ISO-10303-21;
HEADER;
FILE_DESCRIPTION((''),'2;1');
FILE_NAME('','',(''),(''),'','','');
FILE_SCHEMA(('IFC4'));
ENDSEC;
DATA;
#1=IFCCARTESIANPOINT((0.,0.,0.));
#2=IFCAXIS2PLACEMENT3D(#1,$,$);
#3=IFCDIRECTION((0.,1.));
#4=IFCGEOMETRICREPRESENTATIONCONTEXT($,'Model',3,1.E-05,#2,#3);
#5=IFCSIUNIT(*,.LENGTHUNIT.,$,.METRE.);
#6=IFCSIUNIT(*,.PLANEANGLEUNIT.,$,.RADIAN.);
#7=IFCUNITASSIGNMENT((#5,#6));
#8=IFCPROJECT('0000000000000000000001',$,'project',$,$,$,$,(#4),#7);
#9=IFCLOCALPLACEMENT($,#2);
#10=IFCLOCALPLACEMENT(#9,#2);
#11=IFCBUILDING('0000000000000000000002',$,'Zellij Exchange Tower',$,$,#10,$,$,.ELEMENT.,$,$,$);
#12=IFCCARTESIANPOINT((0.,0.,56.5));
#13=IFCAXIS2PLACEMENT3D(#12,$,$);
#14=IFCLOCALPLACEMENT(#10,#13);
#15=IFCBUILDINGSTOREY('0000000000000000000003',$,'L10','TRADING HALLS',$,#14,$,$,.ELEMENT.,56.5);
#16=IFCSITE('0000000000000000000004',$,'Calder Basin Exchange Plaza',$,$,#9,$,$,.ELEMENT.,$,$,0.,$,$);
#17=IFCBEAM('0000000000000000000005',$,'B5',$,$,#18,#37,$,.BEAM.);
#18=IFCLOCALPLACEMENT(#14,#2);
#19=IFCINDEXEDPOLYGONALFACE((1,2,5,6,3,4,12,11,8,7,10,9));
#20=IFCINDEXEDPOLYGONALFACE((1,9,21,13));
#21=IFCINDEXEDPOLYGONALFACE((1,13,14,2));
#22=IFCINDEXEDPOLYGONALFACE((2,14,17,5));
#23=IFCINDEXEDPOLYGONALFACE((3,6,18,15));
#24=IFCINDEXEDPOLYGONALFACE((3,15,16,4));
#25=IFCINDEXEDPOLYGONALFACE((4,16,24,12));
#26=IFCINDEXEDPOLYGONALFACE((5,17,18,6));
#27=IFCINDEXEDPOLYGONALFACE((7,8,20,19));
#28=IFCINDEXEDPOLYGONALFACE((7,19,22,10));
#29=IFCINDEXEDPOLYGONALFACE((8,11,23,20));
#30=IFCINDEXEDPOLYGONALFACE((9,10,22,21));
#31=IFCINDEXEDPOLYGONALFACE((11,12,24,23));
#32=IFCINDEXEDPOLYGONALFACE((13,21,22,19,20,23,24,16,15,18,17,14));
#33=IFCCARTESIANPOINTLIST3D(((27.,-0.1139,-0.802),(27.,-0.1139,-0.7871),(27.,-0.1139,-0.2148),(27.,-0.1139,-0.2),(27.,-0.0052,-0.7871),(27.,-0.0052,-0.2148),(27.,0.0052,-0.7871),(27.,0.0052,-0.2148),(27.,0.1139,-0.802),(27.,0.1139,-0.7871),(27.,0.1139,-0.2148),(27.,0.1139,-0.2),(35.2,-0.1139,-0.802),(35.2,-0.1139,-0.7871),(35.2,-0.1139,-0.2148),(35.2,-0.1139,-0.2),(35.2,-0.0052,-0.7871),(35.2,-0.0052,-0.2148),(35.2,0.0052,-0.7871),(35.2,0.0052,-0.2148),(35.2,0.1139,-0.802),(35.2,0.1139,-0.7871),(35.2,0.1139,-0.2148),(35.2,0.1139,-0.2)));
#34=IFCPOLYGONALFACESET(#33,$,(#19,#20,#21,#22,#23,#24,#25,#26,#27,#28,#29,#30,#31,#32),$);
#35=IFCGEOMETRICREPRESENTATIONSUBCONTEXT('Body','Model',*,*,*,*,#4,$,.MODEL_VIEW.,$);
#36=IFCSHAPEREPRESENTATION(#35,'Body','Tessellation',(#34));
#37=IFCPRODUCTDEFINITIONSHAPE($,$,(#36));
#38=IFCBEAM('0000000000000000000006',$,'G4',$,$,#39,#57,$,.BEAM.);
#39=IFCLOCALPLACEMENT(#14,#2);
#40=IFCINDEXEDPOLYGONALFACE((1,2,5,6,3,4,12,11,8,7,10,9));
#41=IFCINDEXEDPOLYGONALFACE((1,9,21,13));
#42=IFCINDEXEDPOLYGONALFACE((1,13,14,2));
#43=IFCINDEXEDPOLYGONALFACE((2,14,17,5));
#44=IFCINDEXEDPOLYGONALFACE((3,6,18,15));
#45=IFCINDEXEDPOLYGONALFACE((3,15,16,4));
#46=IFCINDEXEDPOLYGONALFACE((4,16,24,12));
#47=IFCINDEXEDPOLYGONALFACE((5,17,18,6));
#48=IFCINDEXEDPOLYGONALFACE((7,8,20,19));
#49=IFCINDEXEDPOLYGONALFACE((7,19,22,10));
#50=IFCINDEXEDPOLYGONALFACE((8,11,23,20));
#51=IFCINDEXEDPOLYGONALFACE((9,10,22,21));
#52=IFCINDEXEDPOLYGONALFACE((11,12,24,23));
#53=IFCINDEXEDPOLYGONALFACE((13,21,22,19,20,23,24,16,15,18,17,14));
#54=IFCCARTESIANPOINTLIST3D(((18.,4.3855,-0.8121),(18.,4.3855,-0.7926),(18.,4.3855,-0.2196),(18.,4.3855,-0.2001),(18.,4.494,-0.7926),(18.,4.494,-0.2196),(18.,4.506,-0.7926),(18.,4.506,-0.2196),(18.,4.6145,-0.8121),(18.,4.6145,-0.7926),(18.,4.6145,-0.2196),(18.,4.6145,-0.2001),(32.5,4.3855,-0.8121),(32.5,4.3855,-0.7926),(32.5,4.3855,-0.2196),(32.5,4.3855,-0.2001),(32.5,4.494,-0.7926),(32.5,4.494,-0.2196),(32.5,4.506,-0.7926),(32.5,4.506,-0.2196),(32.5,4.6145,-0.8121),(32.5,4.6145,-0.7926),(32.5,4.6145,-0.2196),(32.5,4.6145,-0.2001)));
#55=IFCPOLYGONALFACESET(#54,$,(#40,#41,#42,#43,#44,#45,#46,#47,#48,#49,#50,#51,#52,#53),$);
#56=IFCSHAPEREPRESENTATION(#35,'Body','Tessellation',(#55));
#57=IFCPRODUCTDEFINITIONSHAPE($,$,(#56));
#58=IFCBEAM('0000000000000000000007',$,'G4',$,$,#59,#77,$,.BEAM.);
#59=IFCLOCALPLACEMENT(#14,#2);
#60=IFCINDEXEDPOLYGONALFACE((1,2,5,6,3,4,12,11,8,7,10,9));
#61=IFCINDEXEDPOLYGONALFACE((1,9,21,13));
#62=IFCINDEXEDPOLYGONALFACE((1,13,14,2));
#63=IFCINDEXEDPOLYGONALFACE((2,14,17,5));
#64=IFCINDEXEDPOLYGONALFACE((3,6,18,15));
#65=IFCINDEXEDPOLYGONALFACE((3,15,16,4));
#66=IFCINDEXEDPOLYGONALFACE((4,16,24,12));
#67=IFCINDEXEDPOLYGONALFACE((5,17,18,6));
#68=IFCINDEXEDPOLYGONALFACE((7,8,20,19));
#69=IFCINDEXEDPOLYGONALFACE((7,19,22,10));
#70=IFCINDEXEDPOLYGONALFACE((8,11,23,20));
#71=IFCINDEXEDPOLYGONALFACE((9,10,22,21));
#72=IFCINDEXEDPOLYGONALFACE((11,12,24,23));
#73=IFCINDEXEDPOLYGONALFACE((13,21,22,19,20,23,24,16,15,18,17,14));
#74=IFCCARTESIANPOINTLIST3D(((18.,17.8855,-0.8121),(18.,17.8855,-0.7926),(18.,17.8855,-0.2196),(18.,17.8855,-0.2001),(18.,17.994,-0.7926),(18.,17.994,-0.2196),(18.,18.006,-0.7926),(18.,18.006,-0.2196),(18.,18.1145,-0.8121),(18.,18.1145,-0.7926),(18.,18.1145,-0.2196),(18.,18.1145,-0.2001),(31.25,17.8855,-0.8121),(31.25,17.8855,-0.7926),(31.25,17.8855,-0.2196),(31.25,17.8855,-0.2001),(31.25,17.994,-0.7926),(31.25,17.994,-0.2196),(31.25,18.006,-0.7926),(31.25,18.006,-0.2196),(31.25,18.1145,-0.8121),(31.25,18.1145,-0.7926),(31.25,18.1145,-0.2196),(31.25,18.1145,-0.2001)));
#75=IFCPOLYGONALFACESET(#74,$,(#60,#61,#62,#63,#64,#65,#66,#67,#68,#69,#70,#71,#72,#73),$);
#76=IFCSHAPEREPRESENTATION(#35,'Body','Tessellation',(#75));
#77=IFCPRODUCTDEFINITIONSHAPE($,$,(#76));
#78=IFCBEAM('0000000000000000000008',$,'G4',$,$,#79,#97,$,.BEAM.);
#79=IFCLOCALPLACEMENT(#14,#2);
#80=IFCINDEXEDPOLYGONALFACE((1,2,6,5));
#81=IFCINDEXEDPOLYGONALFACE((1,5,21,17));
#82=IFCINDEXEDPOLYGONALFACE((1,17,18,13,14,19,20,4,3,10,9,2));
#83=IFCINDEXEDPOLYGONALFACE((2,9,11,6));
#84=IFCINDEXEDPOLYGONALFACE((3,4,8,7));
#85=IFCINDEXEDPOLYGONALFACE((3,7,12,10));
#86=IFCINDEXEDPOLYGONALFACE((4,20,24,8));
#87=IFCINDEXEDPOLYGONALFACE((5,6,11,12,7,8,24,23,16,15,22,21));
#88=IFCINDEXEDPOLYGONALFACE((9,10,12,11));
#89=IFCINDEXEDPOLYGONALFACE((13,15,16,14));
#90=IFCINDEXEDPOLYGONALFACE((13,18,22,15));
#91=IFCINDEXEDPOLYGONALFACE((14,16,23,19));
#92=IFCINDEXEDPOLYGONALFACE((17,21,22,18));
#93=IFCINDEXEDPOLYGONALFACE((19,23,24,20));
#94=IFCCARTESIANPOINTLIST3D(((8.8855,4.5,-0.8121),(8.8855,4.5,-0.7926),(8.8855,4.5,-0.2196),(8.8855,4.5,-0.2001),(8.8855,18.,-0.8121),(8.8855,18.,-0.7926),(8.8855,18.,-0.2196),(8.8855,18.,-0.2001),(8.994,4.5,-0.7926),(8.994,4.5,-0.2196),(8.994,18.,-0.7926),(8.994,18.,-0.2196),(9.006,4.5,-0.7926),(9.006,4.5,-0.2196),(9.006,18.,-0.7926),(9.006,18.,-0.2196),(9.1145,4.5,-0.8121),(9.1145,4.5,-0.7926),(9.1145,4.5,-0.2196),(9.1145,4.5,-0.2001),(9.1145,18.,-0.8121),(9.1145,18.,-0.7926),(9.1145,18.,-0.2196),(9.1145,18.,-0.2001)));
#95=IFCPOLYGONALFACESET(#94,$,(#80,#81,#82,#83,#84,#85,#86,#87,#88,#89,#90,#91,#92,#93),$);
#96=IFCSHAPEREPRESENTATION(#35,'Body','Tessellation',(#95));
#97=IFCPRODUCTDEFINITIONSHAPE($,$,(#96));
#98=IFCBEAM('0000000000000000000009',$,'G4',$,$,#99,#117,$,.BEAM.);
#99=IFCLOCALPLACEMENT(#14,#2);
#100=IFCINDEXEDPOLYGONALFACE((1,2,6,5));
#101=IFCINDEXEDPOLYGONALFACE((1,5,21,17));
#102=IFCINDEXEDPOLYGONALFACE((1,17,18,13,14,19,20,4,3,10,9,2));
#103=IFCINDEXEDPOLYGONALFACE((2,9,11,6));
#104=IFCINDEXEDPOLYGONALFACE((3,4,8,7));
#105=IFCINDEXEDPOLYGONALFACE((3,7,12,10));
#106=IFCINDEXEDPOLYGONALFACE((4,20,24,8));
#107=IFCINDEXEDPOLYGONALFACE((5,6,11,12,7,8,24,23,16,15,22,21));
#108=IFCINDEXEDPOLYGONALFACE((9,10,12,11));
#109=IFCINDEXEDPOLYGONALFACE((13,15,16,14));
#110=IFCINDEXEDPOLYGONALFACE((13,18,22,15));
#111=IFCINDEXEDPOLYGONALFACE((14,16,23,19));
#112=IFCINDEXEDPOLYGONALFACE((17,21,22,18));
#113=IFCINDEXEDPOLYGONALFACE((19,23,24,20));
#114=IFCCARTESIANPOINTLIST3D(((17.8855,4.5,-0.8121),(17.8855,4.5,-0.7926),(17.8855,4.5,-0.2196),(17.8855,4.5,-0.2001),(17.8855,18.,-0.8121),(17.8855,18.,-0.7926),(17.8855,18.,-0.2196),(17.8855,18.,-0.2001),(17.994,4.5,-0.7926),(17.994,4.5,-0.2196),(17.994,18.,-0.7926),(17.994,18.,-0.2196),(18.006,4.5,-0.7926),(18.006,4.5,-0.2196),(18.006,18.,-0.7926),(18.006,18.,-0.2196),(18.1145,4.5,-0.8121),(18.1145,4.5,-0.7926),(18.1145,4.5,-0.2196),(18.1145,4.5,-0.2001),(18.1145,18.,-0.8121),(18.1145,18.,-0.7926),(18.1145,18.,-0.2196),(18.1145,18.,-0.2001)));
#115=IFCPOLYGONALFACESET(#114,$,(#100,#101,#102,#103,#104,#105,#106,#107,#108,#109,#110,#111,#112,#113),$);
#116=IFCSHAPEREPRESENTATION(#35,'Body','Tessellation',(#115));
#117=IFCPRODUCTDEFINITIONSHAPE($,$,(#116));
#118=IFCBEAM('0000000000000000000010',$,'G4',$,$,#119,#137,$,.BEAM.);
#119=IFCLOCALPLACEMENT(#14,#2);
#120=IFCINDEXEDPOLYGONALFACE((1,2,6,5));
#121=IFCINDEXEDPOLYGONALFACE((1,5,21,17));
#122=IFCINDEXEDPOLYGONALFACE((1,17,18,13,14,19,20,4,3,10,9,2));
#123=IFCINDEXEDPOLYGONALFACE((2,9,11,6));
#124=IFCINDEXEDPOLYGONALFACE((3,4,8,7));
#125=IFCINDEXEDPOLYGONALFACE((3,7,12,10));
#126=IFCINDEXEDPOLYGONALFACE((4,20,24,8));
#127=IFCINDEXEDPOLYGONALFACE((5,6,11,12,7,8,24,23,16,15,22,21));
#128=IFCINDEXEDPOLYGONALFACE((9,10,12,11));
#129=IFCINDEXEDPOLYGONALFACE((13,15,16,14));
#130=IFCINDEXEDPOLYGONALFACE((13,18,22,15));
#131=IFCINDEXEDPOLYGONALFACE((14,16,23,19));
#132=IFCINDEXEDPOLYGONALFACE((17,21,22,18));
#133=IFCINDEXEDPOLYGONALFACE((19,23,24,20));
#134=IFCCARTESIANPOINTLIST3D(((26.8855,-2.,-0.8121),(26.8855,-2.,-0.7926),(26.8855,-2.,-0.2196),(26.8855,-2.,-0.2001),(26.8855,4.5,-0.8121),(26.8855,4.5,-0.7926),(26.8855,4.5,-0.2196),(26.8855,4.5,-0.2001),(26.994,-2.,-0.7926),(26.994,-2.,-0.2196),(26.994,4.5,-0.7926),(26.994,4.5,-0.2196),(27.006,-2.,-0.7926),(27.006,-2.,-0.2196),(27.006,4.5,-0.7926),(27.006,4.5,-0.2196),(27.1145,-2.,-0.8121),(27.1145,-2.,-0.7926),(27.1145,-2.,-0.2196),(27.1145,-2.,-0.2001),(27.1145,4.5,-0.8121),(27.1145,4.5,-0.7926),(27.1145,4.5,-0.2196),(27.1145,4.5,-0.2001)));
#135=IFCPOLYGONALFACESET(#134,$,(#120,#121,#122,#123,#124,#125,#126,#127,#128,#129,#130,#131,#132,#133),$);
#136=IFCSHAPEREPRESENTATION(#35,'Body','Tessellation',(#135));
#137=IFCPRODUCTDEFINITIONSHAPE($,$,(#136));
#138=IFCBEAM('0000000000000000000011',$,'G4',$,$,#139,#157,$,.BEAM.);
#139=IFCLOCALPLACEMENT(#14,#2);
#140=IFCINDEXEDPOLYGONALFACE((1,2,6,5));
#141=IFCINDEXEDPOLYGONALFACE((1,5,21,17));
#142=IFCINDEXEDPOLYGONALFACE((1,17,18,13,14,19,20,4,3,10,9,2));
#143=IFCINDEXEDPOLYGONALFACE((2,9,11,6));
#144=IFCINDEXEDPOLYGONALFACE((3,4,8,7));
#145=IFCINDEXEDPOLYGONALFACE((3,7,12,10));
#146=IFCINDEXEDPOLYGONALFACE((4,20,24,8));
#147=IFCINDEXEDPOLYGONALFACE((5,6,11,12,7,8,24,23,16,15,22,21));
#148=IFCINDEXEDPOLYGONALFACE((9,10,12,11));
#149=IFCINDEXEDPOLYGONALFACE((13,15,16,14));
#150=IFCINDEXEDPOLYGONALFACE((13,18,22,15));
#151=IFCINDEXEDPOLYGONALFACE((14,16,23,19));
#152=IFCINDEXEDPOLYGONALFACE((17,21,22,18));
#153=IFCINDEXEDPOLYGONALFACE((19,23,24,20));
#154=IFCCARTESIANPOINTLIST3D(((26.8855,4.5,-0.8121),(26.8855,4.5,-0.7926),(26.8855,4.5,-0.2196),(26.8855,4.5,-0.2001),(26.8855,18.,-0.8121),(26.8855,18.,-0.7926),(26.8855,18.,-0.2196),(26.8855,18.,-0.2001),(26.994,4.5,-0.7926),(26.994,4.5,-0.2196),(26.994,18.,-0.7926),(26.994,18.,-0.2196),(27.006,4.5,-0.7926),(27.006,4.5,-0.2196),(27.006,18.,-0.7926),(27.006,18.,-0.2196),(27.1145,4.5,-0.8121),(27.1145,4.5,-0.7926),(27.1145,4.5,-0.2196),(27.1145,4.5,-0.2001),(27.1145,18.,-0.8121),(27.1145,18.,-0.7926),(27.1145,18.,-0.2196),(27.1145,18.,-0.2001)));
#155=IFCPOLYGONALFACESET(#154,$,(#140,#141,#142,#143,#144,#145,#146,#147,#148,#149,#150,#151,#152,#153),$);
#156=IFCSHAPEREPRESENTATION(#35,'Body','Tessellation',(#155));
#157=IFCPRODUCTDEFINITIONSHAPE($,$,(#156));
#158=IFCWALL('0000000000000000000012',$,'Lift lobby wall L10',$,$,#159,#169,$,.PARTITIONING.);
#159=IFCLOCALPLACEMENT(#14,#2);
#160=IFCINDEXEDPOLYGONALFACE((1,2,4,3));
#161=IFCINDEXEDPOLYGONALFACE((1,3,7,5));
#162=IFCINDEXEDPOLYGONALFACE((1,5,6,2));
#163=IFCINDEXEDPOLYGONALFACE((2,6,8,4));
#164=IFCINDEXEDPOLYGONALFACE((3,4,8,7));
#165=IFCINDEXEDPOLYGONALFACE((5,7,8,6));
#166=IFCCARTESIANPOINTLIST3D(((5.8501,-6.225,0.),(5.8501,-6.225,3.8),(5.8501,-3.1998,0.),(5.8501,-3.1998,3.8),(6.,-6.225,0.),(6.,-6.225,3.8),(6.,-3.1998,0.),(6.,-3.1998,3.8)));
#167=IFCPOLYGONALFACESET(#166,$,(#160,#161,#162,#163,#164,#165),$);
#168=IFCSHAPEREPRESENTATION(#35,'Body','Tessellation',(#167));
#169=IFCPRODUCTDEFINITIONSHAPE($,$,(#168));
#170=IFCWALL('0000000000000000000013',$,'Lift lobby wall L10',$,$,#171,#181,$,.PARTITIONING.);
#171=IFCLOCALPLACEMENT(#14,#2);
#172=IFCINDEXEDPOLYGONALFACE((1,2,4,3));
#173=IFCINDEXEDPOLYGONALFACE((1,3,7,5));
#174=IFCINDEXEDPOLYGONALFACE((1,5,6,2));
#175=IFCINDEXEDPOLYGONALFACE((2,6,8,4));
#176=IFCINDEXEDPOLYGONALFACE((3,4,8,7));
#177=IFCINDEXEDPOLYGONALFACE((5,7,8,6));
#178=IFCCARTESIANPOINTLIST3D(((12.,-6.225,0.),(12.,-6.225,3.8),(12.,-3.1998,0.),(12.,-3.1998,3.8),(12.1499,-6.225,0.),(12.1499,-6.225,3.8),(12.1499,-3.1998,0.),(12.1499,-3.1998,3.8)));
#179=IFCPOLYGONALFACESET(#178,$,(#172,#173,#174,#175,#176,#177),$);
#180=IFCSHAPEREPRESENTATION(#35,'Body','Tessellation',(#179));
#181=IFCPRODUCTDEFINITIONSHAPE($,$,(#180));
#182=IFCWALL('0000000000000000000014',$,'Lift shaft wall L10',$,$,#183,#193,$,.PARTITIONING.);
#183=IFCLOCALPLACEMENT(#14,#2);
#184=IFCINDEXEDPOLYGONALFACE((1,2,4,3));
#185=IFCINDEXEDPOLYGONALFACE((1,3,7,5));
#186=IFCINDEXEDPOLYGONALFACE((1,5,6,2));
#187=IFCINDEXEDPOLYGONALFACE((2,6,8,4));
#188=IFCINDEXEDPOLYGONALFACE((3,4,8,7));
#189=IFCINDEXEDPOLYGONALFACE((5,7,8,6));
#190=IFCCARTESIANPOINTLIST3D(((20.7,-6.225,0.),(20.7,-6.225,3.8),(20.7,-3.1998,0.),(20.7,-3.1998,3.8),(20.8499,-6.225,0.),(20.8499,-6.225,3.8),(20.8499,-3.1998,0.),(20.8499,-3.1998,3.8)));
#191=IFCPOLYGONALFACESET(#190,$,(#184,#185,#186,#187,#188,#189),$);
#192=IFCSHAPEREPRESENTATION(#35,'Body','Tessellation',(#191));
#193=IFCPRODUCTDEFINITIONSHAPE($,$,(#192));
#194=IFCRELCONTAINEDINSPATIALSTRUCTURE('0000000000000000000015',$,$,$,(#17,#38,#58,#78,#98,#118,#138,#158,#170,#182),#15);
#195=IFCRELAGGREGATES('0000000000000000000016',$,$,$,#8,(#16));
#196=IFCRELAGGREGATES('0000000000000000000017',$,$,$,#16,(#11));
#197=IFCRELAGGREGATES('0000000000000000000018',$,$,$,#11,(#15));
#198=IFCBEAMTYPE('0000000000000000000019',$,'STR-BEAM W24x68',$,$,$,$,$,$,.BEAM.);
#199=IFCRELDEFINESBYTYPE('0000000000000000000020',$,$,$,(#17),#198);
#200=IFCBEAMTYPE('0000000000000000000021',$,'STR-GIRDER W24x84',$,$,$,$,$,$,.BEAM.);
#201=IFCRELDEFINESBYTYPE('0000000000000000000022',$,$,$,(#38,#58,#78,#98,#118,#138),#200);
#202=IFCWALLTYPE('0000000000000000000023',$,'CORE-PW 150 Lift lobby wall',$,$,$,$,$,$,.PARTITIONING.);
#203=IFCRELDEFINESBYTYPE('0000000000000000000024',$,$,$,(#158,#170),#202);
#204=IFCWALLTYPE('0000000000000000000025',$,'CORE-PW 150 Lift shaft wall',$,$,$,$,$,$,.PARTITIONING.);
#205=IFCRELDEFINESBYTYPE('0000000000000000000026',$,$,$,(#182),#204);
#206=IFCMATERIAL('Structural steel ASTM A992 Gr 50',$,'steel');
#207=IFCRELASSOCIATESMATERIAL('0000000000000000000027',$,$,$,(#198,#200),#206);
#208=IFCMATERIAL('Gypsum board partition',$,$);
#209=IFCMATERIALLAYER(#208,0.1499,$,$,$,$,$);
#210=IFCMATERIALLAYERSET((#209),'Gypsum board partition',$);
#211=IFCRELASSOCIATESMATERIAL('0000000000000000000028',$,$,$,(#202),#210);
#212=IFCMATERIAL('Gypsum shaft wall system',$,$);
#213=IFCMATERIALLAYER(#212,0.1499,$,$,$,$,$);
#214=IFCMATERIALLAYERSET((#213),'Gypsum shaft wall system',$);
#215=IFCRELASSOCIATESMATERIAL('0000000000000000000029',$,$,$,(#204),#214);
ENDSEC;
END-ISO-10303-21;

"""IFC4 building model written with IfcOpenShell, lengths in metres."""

from ifc_helpers import new_model, si_unit, direction, frame, frame_2d, origin, origin_2d, place, context, subcontext, project, spatial, rectangle, i_section, extrude, material, layer, layer_set, material_profile, profile_set, type_object, element, save


model = new_model("IFC4")

# Units and contexts
model_context = context("Model", 3, precision=1e-05, world=origin(), true_north=direction((0.0, 1.0)))
body_context = subcontext(model_context, "Body", "Model", "MODEL_VIEW")
ifc_project = project(units=[si_unit("LENGTHUNIT", "METRE"), si_unit("PLANEANGLEUNIT", "RADIAN")], contexts=[model_context])

# Site, building, storey
site_placement = place(None, origin())
site = spatial("IfcSite", under=ifc_project, at=site_placement, Name="Calder Basin Exchange Plaza", CompositionType="ELEMENT", RefElevation=0.0)
building_placement = place(site_placement, origin())
building = spatial("IfcBuilding", under=site, at=building_placement, Name="Zellij Exchange Tower", CompositionType="ELEMENT")
storey_placement = place(building_placement, frame((0.0, 0.0, 56.5)))
storey = spatial("IfcBuildingStorey", under=building, at=storey_placement, Name="L10", Description="TRADING HALLS", CompositionType="ELEMENT", Elevation=56.5)

# Beams
ifc_material_1 = material(Name="Structural steel ASTM A992 Gr 50", Category="steel")
ifc_material_profile_1 = material_profile(ifc_material_1, i_section(OverallWidth=0.2278, OverallDepth=0.6021, WebThickness=0.0105, FlangeThickness=0.0149, at=origin_2d()), Name="W24x68")
ifc_profile_set_1 = profile_set([ifc_material_profile_1], Name="Structural steel ASTM A992 Gr 50")
beam_type_1 = type_object("IfcBeamType", Name="STR-BEAM W24x68", PredefinedType="BEAM", material=ifc_profile_set_1)
for number, where, z_axis, x_axis, name in (
    (1, (27.0, 0.0, -0.501), (1.0, 0.0, 0.0), (0.0, 1.0, 0.0), "B5"),
):
    element("IfcBeam", number, at=place(storey_placement, frame(where, z_axis=z_axis, x_axis=x_axis)), inside=storey, type_object=beam_type_1, Name=name, PredefinedType="BEAM", context=body_context, shape_type="SweptSolid", body=[
        extrude(i_section(OverallWidth=0.2278, OverallDepth=0.6021, WebThickness=0.0105, FlangeThickness=0.0149, at=origin_2d()), origin(), (0.0, 0.0, 1.0), 8.2),
    ])
ifc_material_profile_2 = material_profile(ifc_material_1, i_section(OverallWidth=0.229, OverallDepth=0.6121, WebThickness=0.012, FlangeThickness=0.0195, at=origin_2d()), Name="W24x84")
ifc_profile_set_2 = profile_set([ifc_material_profile_2], Name="Structural steel ASTM A992 Gr 50")
beam_type_2 = type_object("IfcBeamType", Name="STR-GIRDER W24x84", PredefinedType="BEAM", material=ifc_profile_set_2)
beam_1_placement = place(storey_placement, frame((18.0, 4.5, -0.5061), z_axis=(1.0, 0.0, 0.0), x_axis=(0.0, 1.0, 0.0)))
element("IfcBeam", 2, at=beam_1_placement, inside=storey, type_object=beam_type_2, Name="G4", PredefinedType="BEAM", context=body_context, shape_type="SweptSolid", body=[
    extrude(i_section(OverallWidth=0.229, OverallDepth=0.6121, WebThickness=0.012, FlangeThickness=0.0195, at=origin_2d()), origin(), (0.0, 0.0, 1.0), 14.5),
])
beam_2_placement = place(storey_placement, frame((18.0, 18.0, -0.5061), z_axis=(1.0, 0.0, 0.0), x_axis=(0.0, 1.0, 0.0)))
element("IfcBeam", 3, at=beam_2_placement, inside=storey, type_object=beam_type_2, Name="G4", PredefinedType="BEAM", context=body_context, shape_type="SweptSolid", body=[
    extrude(i_section(OverallWidth=0.229, OverallDepth=0.6121, WebThickness=0.012, FlangeThickness=0.0195, at=origin_2d()), origin(), (0.0, 0.0, 1.0), 13.25),
])
for number, where, z_axis, x_axis, name in (
    (4, (9.0, 4.5, -0.5061), (0.0, 1.0, 0.0), (-1.0, 0.0, 0.0), "G4"),
    (5, (18.0, 4.5, -0.5061), (0.0, 1.0, 0.0), (-1.0, 0.0, 0.0), "G4"),
):
    element("IfcBeam", number, at=place(storey_placement, frame(where, z_axis=z_axis, x_axis=x_axis)), inside=storey, type_object=beam_type_2, Name=name, PredefinedType="BEAM", context=body_context, shape_type="SweptSolid", body=[
        extrude(i_section(OverallWidth=0.229, OverallDepth=0.6121, WebThickness=0.012, FlangeThickness=0.0195, at=origin_2d()), origin(), (0.0, 0.0, 1.0), 13.5),
    ])
beam_3_placement = place(storey_placement, frame((27.0, -2.0, -0.5061), z_axis=(0.0, 1.0, 0.0), x_axis=(-1.0, 0.0, 0.0)))
element("IfcBeam", 6, at=beam_3_placement, inside=storey, type_object=beam_type_2, Name="G4", PredefinedType="BEAM", context=body_context, shape_type="SweptSolid", body=[
    extrude(i_section(OverallWidth=0.229, OverallDepth=0.6121, WebThickness=0.012, FlangeThickness=0.0195, at=origin_2d()), origin(), (0.0, 0.0, 1.0), 6.5),
])
beam_4_placement = place(storey_placement, frame((27.0, 4.5, -0.5061), z_axis=(0.0, 1.0, 0.0), x_axis=(-1.0, 0.0, 0.0)))
element("IfcBeam", 7, at=beam_4_placement, inside=storey, type_object=beam_type_2, Name="G4", PredefinedType="BEAM", context=body_context, shape_type="SweptSolid", body=[
    extrude(i_section(OverallWidth=0.229, OverallDepth=0.6121, WebThickness=0.012, FlangeThickness=0.0195, at=origin_2d()), origin(), (0.0, 0.0, 1.0), 13.5),
])

# Walls
ifc_material_2 = material(Name="Gypsum board partition")
ifc_layer_1 = layer(ifc_material_2, 0.1499)
ifc_layer_set_1 = layer_set([ifc_layer_1], Name="Gypsum board partition")
wall_type_1 = type_object("IfcWallType", Name="CORE-PW 150 Lift lobby wall", PredefinedType="PARTITIONING", material=ifc_layer_set_1)
for number, where, z_axis, x_axis, name in (
    (8, (5.925, -6.2251, 0.0), (0.0, 0.0, 1.0), (0.0, 1.0, 0.0), "Lift lobby wall L10"),
    (9, (12.075, -6.2251, 0.0), (0.0, 0.0, 1.0), (0.0, 1.0, 0.0), "Lift lobby wall L10"),
):
    element("IfcWall", number, at=place(storey_placement, frame(where, z_axis=z_axis, x_axis=x_axis)), inside=storey, type_object=wall_type_1, Name=name, PredefinedType="PARTITIONING", context=body_context, shape_type="SweptSolid", body=[
        extrude(rectangle(XDim=3.0251, YDim=0.1499, at=frame_2d((1.5127, 0.0))), origin(), (0.0, 0.0, 1.0), 3.8),
    ])
ifc_material_3 = material(Name="Gypsum shaft wall system")
ifc_layer_2 = layer(ifc_material_3, 0.1499)
ifc_layer_set_2 = layer_set([ifc_layer_2], Name="Gypsum shaft wall system")
wall_type_2 = type_object("IfcWallType", Name="CORE-PW 150 Lift shaft wall", PredefinedType="PARTITIONING", material=ifc_layer_set_2)
for number, where, z_axis, x_axis, name in (
    (10, (20.7749, -6.2251, 0.0), (0.0, 0.0, 1.0), (0.0, 1.0, 0.0), "Lift shaft wall L10"),
):
    element("IfcWall", number, at=place(storey_placement, frame(where, z_axis=z_axis, x_axis=x_axis)), inside=storey, type_object=wall_type_2, Name=name, PredefinedType="PARTITIONING", context=body_context, shape_type="SweptSolid", body=[
        extrude(rectangle(XDim=3.0251, YDim=0.1499, at=frame_2d((1.5127, 0.0))), origin(), (0.0, 0.0, 1.0), 3.8),
    ])

save(model, "model.ifc")
